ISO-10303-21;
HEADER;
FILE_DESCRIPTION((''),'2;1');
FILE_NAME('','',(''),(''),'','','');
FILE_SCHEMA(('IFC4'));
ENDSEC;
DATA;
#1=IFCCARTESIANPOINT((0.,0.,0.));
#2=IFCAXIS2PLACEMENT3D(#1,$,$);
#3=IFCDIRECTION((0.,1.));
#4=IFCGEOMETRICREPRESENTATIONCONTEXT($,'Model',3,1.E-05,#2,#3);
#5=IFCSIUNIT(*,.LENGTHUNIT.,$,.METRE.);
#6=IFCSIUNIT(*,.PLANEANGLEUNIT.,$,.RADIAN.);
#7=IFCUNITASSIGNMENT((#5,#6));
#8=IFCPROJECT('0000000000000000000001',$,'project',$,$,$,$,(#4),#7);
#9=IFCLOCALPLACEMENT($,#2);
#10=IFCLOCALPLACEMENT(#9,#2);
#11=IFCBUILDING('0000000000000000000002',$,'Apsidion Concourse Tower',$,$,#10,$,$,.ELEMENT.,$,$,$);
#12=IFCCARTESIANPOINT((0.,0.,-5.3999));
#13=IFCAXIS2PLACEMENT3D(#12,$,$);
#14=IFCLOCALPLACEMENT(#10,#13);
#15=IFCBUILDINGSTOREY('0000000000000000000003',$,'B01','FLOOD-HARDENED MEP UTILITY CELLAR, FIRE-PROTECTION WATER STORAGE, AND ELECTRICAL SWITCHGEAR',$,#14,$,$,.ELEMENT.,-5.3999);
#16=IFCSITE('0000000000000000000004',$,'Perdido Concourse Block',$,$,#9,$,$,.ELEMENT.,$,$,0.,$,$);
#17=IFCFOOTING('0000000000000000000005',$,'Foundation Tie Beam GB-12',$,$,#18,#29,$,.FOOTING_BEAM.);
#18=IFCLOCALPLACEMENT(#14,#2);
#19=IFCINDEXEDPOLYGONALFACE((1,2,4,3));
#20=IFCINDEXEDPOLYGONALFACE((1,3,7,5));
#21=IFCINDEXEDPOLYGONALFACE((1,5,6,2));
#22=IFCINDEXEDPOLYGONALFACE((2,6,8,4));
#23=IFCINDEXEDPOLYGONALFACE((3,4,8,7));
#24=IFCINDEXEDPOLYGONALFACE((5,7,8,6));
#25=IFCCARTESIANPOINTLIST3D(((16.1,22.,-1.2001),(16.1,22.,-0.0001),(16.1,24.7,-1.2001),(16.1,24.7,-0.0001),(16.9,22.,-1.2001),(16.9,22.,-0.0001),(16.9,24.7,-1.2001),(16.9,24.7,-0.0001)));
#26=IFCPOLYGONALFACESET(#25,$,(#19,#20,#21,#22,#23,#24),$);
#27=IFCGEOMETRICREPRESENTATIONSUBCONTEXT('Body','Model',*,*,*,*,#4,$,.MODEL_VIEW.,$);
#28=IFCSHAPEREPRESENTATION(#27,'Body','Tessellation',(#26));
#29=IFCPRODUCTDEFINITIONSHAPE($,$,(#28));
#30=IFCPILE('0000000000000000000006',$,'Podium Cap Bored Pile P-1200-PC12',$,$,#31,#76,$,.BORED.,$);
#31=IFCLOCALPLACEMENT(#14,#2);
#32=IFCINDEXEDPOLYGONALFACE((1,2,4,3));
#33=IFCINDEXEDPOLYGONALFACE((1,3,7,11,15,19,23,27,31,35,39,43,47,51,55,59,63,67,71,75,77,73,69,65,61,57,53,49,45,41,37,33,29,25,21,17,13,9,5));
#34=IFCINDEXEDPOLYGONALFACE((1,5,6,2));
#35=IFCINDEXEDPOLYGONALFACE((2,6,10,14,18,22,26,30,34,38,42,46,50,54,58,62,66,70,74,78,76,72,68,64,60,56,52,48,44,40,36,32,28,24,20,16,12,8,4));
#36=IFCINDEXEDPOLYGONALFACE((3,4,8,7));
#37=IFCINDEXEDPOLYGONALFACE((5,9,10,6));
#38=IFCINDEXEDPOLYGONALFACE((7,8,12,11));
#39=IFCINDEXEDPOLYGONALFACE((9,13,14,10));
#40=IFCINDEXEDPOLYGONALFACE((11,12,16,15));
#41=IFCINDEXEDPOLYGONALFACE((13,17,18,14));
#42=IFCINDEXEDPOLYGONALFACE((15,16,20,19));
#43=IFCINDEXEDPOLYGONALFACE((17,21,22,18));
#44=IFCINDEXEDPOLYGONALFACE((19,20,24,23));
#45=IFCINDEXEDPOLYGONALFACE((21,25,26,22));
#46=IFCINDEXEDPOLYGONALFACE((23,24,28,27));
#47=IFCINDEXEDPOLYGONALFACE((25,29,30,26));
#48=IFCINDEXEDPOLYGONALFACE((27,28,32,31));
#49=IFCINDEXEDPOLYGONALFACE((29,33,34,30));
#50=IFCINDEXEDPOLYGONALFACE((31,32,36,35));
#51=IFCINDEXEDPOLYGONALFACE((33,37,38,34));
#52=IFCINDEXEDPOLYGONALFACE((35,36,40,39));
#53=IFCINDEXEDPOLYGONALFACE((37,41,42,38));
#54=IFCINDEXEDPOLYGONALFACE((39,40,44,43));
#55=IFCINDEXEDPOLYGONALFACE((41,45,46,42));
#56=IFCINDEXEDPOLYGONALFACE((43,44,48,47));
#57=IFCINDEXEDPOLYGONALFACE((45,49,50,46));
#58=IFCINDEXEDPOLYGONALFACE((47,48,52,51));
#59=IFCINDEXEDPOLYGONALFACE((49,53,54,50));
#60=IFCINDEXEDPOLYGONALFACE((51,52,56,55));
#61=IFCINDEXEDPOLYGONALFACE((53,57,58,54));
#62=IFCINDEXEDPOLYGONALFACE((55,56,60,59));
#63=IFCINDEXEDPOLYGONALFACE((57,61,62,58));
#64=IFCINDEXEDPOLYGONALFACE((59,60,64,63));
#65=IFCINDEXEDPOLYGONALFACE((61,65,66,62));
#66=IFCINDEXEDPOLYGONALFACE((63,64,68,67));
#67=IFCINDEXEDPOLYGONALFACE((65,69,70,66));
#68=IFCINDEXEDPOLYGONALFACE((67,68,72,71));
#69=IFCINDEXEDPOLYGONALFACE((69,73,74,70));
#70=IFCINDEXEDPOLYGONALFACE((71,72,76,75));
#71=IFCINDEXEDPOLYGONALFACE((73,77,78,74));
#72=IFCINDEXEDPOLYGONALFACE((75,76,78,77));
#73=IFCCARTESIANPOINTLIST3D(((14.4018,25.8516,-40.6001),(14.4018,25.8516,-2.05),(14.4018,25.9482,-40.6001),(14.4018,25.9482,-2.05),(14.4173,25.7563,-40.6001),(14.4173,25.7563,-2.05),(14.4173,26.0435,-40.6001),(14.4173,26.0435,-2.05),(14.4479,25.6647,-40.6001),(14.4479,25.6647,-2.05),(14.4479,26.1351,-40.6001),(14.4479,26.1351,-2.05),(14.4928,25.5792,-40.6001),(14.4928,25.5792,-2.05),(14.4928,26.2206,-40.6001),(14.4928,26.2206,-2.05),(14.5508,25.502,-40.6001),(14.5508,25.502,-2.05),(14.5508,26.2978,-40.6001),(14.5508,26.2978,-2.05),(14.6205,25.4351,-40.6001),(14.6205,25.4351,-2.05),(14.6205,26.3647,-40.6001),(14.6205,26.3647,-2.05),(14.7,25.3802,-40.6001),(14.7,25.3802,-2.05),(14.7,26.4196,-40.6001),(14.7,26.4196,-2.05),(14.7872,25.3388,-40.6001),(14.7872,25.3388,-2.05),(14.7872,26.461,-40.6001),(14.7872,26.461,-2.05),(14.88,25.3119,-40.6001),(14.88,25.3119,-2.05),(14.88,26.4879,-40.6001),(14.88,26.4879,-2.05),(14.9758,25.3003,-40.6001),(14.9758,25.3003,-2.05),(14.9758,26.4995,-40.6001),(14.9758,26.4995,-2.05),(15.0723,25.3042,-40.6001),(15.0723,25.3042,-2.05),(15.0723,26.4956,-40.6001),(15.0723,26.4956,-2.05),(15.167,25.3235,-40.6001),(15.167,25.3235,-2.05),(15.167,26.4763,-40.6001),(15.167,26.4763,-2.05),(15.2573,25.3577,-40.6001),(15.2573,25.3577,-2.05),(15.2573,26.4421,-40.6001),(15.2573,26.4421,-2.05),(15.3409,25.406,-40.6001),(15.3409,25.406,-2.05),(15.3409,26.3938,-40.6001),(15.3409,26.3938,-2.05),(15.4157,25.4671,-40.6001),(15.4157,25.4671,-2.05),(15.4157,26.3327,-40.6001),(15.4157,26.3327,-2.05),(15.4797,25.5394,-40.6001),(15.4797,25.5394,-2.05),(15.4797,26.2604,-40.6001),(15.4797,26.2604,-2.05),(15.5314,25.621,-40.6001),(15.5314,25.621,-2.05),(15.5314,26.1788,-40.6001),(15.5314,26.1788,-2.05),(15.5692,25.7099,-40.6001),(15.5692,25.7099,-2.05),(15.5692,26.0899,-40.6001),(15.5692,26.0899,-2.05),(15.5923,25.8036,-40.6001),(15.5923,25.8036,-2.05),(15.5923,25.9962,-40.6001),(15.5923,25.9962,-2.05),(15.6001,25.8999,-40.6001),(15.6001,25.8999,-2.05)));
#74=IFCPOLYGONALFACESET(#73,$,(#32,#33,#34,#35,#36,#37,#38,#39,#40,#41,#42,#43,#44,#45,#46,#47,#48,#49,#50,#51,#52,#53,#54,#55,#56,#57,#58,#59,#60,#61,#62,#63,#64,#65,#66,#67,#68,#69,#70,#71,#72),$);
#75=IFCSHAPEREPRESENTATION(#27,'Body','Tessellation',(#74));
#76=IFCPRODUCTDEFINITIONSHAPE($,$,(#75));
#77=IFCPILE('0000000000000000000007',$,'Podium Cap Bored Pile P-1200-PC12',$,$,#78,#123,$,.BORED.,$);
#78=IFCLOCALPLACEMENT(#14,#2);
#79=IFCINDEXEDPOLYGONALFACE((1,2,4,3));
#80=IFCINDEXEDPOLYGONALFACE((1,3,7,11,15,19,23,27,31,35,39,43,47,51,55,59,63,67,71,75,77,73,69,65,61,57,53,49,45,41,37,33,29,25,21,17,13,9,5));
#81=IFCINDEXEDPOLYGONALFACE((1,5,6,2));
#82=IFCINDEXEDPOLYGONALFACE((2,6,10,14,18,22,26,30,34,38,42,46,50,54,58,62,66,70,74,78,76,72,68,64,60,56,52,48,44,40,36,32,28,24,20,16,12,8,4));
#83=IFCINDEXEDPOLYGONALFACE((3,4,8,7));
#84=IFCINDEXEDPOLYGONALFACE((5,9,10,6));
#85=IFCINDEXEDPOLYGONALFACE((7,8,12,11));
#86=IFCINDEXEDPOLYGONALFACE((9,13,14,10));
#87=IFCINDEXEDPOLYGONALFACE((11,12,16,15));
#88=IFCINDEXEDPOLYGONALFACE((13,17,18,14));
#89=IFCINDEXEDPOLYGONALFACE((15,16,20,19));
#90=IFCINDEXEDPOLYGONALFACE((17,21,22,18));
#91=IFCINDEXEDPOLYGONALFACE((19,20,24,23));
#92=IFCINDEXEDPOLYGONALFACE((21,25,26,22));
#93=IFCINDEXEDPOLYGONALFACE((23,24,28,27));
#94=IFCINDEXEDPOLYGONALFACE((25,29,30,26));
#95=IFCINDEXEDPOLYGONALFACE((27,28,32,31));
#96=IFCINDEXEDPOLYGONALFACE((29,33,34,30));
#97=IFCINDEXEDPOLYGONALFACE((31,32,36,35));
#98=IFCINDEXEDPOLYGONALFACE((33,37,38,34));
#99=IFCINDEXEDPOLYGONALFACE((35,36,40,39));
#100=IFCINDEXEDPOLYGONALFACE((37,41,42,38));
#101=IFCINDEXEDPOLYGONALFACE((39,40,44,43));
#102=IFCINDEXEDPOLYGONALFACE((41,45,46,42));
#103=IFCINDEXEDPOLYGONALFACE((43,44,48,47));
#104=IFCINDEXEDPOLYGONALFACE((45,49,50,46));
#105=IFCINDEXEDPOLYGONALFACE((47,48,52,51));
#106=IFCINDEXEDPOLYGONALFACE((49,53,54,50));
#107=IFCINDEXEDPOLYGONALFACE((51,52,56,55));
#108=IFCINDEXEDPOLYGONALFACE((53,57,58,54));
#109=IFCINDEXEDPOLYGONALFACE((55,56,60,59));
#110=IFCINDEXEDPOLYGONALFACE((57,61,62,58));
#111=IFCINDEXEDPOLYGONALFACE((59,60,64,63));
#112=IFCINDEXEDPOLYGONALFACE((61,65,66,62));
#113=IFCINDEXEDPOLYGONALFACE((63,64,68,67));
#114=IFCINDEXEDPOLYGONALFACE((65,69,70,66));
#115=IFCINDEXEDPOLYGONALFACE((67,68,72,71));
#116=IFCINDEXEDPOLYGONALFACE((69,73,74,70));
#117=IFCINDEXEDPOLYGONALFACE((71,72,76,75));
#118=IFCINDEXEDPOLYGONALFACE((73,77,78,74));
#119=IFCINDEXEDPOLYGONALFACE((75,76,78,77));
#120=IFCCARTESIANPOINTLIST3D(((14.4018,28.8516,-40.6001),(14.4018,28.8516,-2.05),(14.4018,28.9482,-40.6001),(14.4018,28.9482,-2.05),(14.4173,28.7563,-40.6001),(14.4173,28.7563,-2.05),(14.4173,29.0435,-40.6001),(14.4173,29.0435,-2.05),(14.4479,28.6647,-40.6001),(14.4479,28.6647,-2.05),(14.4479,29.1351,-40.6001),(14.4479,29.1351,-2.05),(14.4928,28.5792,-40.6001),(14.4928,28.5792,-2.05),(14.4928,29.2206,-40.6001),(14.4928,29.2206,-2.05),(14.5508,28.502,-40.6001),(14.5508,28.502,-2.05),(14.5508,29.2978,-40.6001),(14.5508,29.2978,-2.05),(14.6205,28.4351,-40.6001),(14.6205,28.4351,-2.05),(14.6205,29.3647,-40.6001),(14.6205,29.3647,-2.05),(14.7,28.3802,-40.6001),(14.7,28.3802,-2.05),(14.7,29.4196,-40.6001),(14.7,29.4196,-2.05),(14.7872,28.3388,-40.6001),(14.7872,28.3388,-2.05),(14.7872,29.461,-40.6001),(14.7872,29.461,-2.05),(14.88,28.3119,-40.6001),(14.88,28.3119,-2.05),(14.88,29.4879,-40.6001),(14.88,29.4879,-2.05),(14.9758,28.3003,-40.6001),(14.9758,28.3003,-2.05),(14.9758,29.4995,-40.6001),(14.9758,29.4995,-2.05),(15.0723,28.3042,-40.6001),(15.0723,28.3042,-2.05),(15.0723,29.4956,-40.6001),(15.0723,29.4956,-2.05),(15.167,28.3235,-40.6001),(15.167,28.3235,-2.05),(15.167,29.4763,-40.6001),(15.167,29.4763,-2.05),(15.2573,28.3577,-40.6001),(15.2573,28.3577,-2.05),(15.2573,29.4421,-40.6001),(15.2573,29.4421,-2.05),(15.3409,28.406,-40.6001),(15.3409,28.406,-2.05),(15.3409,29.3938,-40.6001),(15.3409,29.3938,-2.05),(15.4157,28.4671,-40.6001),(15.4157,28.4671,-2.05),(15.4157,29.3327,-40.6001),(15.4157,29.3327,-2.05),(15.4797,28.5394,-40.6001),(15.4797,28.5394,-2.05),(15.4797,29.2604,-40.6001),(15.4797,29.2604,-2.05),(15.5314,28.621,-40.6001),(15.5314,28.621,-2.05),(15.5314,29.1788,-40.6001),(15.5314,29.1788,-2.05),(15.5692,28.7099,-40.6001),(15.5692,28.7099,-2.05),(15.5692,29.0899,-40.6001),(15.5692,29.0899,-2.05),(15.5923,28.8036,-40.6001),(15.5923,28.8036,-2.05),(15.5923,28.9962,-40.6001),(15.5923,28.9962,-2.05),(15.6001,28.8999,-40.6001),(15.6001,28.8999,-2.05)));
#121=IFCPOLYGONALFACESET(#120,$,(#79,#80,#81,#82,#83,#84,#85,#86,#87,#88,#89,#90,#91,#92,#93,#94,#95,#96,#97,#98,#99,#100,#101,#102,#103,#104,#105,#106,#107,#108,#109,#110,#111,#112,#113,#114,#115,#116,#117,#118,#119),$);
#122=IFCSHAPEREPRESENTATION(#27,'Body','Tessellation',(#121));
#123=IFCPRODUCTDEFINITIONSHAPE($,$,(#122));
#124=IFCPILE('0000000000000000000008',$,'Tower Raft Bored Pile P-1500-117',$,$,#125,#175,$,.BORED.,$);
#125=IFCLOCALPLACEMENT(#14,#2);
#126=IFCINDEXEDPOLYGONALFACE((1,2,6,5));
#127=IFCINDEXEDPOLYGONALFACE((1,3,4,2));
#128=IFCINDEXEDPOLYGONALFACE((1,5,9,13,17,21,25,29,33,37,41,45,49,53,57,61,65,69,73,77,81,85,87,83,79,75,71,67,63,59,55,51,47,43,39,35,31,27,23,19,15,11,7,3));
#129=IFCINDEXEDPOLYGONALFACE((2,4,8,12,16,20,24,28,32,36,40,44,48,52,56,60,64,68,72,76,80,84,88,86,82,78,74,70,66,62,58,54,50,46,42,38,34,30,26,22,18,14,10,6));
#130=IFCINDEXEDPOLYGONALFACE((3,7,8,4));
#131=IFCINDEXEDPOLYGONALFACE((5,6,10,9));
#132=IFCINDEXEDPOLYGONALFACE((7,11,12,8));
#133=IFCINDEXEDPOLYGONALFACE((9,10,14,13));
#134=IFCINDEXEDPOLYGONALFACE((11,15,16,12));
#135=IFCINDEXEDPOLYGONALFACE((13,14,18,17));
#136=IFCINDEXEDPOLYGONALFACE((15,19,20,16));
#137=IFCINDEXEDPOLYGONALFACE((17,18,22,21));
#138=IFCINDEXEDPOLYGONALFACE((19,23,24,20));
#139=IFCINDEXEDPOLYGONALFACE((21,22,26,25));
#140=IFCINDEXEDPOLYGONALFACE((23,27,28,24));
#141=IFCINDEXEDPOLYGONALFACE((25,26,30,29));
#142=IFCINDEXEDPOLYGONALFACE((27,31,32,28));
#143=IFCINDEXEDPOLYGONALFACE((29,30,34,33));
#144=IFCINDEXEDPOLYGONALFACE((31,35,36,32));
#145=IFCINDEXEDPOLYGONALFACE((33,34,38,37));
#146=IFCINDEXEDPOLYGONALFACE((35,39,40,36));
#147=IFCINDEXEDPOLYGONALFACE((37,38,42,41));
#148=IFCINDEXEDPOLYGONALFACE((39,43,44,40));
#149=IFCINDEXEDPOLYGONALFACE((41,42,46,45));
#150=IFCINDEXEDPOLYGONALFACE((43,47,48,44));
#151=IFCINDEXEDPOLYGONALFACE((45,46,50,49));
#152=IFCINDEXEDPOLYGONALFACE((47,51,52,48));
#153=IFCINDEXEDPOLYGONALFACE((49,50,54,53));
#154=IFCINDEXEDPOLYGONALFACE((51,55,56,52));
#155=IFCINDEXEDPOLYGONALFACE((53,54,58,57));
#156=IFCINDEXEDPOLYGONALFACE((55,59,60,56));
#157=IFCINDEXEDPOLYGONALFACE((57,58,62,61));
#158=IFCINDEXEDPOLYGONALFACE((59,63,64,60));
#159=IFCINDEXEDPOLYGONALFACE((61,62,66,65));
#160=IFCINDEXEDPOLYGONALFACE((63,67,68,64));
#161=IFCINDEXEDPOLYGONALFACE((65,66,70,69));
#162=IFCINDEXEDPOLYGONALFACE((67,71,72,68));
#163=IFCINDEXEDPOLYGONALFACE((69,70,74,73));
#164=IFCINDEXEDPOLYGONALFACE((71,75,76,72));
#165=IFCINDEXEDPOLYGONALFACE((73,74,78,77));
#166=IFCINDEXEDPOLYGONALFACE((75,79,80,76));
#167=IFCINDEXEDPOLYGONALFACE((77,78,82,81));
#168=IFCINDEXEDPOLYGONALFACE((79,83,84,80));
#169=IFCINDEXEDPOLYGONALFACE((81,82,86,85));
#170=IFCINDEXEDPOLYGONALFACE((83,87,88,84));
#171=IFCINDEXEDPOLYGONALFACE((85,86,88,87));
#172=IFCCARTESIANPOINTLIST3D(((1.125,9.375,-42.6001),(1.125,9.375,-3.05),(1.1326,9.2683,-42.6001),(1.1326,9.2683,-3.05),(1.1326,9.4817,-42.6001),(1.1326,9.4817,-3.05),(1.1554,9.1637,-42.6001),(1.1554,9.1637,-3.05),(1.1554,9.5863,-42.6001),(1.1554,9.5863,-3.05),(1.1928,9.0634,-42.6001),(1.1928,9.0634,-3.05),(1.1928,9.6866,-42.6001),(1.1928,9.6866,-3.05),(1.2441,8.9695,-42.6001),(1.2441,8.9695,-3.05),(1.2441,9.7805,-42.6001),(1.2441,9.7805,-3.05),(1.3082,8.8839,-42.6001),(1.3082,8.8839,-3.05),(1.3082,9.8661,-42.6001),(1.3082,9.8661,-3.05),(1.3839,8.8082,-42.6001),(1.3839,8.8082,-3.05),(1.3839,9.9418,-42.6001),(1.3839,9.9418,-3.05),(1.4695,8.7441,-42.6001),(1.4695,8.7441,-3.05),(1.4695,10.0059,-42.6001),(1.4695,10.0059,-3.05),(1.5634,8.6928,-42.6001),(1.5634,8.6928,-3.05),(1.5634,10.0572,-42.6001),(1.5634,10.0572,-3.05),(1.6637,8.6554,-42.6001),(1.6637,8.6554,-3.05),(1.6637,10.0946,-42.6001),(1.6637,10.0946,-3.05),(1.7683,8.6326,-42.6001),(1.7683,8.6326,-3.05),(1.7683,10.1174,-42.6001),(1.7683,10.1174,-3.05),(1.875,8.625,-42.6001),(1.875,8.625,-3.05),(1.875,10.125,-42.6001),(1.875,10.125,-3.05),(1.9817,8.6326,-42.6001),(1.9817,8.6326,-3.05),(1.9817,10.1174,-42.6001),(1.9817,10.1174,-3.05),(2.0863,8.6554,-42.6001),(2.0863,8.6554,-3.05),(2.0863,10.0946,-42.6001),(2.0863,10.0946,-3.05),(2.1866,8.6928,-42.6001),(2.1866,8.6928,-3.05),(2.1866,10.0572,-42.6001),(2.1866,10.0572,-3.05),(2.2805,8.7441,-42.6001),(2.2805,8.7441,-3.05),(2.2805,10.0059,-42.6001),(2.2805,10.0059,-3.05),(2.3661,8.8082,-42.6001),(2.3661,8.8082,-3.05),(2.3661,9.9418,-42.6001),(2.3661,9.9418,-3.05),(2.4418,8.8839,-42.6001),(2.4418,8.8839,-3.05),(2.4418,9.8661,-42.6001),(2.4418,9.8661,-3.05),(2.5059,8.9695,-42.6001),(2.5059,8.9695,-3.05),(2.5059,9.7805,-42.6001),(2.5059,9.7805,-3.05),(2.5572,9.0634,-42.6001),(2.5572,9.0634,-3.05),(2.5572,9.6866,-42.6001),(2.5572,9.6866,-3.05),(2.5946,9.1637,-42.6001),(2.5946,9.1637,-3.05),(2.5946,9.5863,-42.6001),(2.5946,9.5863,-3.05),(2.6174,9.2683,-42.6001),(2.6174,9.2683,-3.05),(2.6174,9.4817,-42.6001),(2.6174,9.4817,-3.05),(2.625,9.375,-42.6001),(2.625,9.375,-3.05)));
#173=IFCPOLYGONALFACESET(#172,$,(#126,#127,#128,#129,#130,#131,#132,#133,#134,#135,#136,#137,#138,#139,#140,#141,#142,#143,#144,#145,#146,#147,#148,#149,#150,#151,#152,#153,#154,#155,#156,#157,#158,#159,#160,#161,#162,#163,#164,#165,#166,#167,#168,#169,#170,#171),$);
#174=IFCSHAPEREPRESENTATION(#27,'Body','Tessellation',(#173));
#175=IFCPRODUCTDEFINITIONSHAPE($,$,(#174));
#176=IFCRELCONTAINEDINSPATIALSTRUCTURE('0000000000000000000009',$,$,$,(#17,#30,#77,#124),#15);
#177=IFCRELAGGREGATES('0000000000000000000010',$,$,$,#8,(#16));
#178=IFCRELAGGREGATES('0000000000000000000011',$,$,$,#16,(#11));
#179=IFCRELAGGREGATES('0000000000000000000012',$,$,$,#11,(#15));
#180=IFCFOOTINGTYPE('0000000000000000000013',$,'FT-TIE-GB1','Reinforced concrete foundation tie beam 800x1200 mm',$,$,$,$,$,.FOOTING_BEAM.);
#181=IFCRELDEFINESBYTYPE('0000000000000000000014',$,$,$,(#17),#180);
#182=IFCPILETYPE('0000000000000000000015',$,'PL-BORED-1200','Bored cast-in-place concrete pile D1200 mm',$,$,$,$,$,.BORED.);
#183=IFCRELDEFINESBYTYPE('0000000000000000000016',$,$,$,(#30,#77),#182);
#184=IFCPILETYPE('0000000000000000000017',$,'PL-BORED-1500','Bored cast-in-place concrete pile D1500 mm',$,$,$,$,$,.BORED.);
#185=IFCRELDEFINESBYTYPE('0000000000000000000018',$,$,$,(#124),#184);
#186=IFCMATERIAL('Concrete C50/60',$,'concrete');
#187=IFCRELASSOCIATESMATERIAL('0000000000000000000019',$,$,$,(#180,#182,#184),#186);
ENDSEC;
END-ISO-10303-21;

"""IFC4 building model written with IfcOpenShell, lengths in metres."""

from ifc_helpers import new_model, si_unit, direction, frame, origin, origin_2d, place, context, subcontext, project, spatial, rectangle, circle, extrude, material, material_profile, profile_set, type_object, element, save


model = new_model("IFC4")

# Units and contexts
model_context = context("Model", 3, precision=1e-05, world=origin(), true_north=direction((0.0, 1.0)))
body_context = subcontext(model_context, "Body", "Model", "MODEL_VIEW")
ifc_project = project(units=[si_unit("LENGTHUNIT", "METRE"), si_unit("PLANEANGLEUNIT", "RADIAN")], contexts=[model_context])

# Site, building, storey
site_placement = place(None, origin())
site = spatial("IfcSite", under=ifc_project, at=site_placement, Name="Perdido Concourse Block", CompositionType="ELEMENT", RefElevation=0.0)
building_placement = place(site_placement, origin())
building = spatial("IfcBuilding", under=site, at=building_placement, Name="Apsidion Concourse Tower", CompositionType="ELEMENT")
storey_placement = place(building_placement, frame((0.0, 0.0, -5.3999)))
storey = spatial("IfcBuildingStorey", under=building, at=storey_placement, Name="B01", Description="FLOOD-HARDENED MEP UTILITY CELLAR, FIRE-PROTECTION WATER STORAGE, AND ELECTRICAL SWITCHGEAR", CompositionType="ELEMENT", Elevation=-5.3999)

# Footing
ifc_material_1 = material(Name="Concrete C50/60", Category="concrete")
ifc_material_profile_1 = material_profile(ifc_material_1, rectangle(XDim=0.8, YDim=1.2, at=origin_2d()), Name="RC 800x1200")
ifc_profile_set_1 = profile_set([ifc_material_profile_1], Name="Concrete C50/60")
footing_type = type_object("IfcFootingType", Name="FT-TIE-GB1", Description="Reinforced concrete foundation tie beam 800x1200 mm", PredefinedType="FOOTING_BEAM", material=ifc_profile_set_1)
footing_placement = place(storey_placement, frame((16.5, 22.0, -0.6001), z_axis=(0.0, 1.0, 0.0), x_axis=(-1.0, 0.0, 0.0)))
element("IfcFooting", 1, at=footing_placement, inside=storey, type_object=footing_type, Name="Foundation Tie Beam GB-12", PredefinedType="FOOTING_BEAM", context=body_context, shape_type="SweptSolid", body=[
    extrude(rectangle(XDim=0.8, YDim=1.2, at=origin_2d()), origin(), (0.0, 0.0, 1.0), 2.7),
])

# Piles
ifc_material_profile_2 = material_profile(ifc_material_1, circle(Radius=0.6001, at=origin_2d()), Name="BORED PILE D1200")
ifc_profile_set_2 = profile_set([ifc_material_profile_2], Name="Concrete C50/60")
pile_type_1 = type_object("IfcPileType", Name="PL-BORED-1200", Description="Bored cast-in-place concrete pile D1200 mm", PredefinedType="BORED", material=ifc_profile_set_2)
for number, where, z_axis, x_axis, name in (
    (2, (15.0, 25.8999, -2.05), (0.0, 0.0, -1.0), (1.0, 0.0, 0.0), "Podium Cap Bored Pile P-1200-PC12"),
    (3, (15.0, 28.8999, -2.05), (0.0, 0.0, -1.0), (1.0, 0.0, 0.0), "Podium Cap Bored Pile P-1200-PC12"),
):
    element("IfcPile", number, at=place(storey_placement, frame(where, z_axis=z_axis, x_axis=x_axis)), inside=storey, type_object=pile_type_1, Name=name, PredefinedType="BORED", context=body_context, shape_type="SweptSolid", body=[
        extrude(circle(Radius=0.6001, at=origin_2d()), origin(), (0.0, 0.0, 1.0), 38.55),
    ])
ifc_material_profile_3 = material_profile(ifc_material_1, circle(Radius=0.75, at=origin_2d()), Name="BORED PILE D1500")
ifc_profile_set_3 = profile_set([ifc_material_profile_3], Name="Concrete C50/60")
pile_type_2 = type_object("IfcPileType", Name="PL-BORED-1500", Description="Bored cast-in-place concrete pile D1500 mm", PredefinedType="BORED", material=ifc_profile_set_3)
for number, where, z_axis, x_axis, name in (
    (4, (1.875, 9.375, -3.05), (0.0, 0.0, -1.0), (1.0, 0.0, 0.0), "Tower Raft Bored Pile P-1500-117"),
):
    element("IfcPile", number, at=place(storey_placement, frame(where, z_axis=z_axis, x_axis=x_axis)), inside=storey, type_object=pile_type_2, Name=name, PredefinedType="BORED", context=body_context, shape_type="SweptSolid", body=[
        extrude(circle(Radius=0.75, at=origin_2d()), origin(), (0.0, 0.0, 1.0), 39.55),
    ])

save(model, "model.ifc")
